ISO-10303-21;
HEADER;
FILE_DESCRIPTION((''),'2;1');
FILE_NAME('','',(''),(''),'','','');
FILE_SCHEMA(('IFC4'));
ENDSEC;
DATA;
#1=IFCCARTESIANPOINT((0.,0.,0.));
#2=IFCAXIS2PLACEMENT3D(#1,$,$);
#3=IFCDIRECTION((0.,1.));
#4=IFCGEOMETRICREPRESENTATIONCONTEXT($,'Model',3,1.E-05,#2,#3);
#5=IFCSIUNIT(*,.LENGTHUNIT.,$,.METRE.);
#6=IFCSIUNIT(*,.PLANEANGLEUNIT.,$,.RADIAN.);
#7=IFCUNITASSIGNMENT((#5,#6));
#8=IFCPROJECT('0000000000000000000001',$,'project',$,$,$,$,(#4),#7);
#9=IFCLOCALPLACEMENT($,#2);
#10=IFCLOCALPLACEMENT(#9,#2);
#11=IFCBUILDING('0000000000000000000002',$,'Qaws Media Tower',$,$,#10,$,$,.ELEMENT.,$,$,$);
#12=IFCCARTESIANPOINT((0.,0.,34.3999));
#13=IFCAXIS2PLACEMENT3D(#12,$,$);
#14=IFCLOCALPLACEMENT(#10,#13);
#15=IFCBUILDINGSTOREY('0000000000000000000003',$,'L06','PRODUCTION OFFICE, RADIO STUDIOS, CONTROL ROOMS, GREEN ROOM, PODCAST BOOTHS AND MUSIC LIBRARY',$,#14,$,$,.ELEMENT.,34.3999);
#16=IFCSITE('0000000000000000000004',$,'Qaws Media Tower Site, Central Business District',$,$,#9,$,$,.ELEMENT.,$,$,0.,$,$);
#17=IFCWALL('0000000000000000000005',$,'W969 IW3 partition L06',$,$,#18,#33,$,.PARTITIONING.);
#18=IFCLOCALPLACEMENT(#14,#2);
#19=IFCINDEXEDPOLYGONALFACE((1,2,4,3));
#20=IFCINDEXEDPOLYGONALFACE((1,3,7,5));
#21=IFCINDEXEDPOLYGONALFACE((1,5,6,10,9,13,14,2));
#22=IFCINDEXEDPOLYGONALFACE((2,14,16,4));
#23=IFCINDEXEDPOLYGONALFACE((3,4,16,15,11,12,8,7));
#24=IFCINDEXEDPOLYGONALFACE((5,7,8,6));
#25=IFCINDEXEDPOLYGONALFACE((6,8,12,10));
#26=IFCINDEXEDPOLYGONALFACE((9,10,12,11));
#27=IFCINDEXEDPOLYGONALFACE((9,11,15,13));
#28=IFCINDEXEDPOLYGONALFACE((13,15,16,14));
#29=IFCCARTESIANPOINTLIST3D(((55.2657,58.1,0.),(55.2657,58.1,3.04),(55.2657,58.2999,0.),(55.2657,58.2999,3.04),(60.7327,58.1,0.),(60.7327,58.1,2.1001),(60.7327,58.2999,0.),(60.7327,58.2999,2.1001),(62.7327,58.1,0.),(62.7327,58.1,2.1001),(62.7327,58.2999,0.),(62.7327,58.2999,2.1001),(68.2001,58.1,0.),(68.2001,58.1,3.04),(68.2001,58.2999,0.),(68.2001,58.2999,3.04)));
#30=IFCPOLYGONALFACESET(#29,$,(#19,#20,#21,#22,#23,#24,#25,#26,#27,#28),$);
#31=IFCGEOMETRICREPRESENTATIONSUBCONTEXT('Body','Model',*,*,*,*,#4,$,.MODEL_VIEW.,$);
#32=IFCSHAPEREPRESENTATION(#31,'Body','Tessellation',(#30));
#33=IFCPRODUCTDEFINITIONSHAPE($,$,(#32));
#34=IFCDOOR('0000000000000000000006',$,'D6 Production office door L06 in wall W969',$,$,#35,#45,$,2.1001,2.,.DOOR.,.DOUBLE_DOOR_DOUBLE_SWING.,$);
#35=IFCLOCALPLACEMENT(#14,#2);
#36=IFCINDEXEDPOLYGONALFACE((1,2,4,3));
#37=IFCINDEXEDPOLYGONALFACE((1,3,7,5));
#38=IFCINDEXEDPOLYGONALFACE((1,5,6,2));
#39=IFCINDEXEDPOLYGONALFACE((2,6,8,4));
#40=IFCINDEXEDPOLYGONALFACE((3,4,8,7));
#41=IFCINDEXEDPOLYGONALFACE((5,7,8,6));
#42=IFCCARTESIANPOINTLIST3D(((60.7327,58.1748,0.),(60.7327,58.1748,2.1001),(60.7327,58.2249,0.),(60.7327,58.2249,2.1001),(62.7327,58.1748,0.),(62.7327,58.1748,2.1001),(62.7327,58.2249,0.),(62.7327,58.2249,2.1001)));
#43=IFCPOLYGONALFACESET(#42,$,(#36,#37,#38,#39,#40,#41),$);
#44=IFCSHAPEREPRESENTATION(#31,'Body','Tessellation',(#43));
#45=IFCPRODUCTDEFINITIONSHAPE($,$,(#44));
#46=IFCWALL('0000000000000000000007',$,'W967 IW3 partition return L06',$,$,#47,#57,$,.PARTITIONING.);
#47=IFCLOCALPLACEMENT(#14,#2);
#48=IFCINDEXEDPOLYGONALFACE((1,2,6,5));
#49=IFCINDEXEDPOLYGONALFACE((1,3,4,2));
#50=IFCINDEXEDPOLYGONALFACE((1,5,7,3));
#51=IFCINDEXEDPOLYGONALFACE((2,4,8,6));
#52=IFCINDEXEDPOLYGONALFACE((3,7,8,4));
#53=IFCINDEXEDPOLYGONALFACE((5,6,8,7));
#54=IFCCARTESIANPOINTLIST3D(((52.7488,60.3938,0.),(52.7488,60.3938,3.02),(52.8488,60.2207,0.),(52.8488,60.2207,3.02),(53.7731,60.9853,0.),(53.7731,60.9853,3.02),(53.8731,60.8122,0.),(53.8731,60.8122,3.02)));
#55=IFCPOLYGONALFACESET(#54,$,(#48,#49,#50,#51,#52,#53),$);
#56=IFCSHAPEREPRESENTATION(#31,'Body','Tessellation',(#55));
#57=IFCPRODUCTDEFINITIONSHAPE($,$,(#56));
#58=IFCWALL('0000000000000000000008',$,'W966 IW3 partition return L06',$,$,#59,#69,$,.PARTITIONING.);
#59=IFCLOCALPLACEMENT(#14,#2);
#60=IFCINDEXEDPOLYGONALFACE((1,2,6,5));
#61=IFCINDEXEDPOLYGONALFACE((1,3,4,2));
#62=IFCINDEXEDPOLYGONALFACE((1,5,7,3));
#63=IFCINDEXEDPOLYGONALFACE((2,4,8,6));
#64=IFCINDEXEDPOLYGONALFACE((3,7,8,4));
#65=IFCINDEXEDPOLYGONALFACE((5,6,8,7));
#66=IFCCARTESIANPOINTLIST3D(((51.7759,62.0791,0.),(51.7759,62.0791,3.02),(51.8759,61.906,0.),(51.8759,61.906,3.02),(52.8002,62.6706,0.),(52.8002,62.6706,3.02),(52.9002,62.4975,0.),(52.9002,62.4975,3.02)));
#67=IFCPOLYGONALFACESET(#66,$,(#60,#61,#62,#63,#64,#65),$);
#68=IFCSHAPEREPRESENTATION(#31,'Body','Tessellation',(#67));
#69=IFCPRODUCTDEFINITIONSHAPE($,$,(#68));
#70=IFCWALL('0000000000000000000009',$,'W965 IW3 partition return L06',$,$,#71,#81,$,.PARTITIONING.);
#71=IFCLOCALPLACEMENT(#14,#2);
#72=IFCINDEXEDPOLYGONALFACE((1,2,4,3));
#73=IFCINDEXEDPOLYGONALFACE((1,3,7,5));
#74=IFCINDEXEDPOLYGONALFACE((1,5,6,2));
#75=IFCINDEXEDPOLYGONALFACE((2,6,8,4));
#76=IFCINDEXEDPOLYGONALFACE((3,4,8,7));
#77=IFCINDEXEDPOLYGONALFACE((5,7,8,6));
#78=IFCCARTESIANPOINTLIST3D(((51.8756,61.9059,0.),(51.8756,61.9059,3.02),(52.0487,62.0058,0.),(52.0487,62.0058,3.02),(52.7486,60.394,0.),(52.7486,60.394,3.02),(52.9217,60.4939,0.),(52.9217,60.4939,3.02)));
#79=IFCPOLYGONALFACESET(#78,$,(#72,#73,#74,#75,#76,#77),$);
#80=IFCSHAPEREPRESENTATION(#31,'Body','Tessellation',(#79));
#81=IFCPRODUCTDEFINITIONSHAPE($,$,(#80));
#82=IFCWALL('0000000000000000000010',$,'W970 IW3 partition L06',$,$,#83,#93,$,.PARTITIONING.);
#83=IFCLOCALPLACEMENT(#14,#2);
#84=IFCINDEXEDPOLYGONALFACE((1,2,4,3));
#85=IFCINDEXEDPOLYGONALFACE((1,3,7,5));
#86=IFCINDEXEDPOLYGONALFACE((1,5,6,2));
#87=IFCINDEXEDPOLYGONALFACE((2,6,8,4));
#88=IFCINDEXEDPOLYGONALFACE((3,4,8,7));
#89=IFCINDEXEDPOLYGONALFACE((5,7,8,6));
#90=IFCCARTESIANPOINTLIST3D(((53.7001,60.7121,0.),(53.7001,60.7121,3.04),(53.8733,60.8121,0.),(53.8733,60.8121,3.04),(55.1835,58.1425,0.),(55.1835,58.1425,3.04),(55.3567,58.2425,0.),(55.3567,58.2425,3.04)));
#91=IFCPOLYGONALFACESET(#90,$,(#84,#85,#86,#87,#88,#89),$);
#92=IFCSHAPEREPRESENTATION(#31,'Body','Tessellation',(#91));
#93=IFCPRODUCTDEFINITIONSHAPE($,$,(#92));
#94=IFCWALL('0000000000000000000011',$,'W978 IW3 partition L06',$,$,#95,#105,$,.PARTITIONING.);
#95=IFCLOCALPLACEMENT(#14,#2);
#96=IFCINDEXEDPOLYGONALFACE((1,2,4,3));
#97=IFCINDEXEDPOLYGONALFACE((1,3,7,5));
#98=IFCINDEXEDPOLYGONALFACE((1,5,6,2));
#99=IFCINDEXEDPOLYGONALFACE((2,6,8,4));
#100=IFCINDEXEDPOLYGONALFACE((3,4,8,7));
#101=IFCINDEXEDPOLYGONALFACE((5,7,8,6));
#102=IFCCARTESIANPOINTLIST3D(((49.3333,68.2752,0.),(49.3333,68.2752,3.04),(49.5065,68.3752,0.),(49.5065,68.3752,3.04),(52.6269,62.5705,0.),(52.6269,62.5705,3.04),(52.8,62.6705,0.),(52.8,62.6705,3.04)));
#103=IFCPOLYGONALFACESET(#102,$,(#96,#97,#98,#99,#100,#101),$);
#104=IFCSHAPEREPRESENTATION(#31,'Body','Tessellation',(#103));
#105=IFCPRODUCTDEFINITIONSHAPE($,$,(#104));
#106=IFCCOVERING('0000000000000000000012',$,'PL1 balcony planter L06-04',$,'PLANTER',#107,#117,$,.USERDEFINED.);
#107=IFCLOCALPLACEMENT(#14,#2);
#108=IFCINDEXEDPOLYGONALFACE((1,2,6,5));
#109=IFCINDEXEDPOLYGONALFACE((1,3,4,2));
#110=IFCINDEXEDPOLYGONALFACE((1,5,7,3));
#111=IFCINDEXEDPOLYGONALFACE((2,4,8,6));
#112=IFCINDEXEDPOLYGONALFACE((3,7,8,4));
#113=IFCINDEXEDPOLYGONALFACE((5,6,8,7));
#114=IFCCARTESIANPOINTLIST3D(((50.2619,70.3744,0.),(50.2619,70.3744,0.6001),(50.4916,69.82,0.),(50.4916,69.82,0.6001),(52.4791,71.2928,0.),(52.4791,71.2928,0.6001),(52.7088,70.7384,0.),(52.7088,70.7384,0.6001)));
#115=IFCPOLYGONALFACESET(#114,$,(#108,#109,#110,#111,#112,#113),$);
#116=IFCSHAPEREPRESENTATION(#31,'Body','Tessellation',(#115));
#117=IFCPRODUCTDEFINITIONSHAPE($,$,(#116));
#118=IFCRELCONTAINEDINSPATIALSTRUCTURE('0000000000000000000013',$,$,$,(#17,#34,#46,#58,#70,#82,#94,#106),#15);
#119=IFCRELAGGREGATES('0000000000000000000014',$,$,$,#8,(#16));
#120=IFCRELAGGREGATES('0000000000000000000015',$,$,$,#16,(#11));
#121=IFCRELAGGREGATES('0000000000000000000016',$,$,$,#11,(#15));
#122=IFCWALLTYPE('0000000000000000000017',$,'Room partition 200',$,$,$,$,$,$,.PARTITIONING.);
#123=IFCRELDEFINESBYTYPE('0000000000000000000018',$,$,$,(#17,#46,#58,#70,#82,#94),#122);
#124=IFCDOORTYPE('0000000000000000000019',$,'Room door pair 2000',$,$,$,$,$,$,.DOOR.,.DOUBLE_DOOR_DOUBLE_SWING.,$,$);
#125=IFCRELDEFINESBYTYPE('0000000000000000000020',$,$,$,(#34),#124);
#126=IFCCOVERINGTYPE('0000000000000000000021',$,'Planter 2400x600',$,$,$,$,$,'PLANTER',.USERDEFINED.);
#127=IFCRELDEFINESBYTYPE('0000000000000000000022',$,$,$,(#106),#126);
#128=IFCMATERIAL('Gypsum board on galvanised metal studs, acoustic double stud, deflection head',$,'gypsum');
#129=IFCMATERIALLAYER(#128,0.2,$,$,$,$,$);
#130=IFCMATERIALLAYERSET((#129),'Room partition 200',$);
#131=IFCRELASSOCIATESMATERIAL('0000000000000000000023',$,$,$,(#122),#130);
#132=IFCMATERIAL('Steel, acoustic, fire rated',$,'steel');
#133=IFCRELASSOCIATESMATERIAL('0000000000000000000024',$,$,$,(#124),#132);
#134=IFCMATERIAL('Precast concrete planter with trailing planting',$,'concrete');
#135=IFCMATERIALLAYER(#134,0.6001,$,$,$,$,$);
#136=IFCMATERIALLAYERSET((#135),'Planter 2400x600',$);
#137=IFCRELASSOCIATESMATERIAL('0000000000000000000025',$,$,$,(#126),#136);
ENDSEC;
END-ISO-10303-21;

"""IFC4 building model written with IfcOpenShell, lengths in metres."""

from ifc_helpers import new_model, si_unit, direction, frame, frame_2d, origin, origin_2d, place, context, subcontext, project, spatial, rectangle, extrude, material, layer, layer_set, type_object, element, fill, save


model = new_model("IFC4")

# Units and contexts
model_context = context("Model", 3, precision=1e-05, world=origin(), true_north=direction((0.0, 1.0)))
body_context = subcontext(model_context, "Body", "Model", "MODEL_VIEW")
ifc_project = project(units=[si_unit("LENGTHUNIT", "METRE"), si_unit("PLANEANGLEUNIT", "RADIAN")], contexts=[model_context])

# Site, building, storey
site_placement = place(None, origin())
site = spatial("IfcSite", under=ifc_project, at=site_placement, Name="Qaws Media Tower Site, Central Business District", CompositionType="ELEMENT", RefElevation=0.0)
building_placement = place(site_placement, origin())
building = spatial("IfcBuilding", under=site, at=building_placement, Name="Qaws Media Tower", CompositionType="ELEMENT")
storey_placement = place(building_placement, frame((0.0, 0.0, 34.3999)))
storey = spatial("IfcBuildingStorey", under=building, at=storey_placement, Name="L06", Description="PRODUCTION OFFICE, RADIO STUDIOS, CONTROL ROOMS, GREEN ROOM, PODCAST BOOTHS AND MUSIC LIBRARY", CompositionType="ELEMENT", Elevation=34.3999)

# Shared definitions
ifc_material_1 = material(Name="Gypsum board on galvanised metal studs, acoustic double stud, deflection head", Category="gypsum")
ifc_layer_1 = layer(ifc_material_1, 0.2)
ifc_layer_set_1 = layer_set([ifc_layer_1], Name="Room partition 200")
wall_type = type_object("IfcWallType", Name="Room partition 200", PredefinedType="PARTITIONING", material=ifc_layer_set_1)

# Wall, opening, door
wall_1_placement = place(storey_placement, frame((55.2656, 58.2, 0.0), z_axis=(0.0, 0.0, 1.0), x_axis=(1.0, 0.0, 0.0)))
wall_1 = element("IfcWall", 1, at=wall_1_placement, inside=storey, type_object=wall_type, Name="W969 IW3 partition L06", PredefinedType="PARTITIONING", context=body_context, shape_type="SweptSolid", body=[
    extrude(rectangle(XDim=12.9343, YDim=0.2, at=frame_2d((6.4673, 0.0))), origin(), (0.0, 0.0, 1.0), 3.04),
])
opening_1_placement = place(wall_1_placement, frame((5.467, 0.0, 0.0)))
opening_1 = element("IfcOpeningElement", 2, at=opening_1_placement, cuts=wall_1, PredefinedType="OPENING", context=body_context, shape_type="SweptSolid", body=[
    extrude(rectangle(XDim=2.0, YDim=2.1001, at=frame_2d((1.0, 1.05))), frame((0.0, 0.1099, 0.0), z_axis=(0.0, -1.0, 0.0), x_axis=(1.0, 0.0, 0.0)), (0.0, 0.0, 1.0), 0.22),
])
ifc_material_2 = material(Name="Steel, acoustic, fire rated", Category="steel")
door_type_1 = type_object("IfcDoorType", Name="Room door pair 2000", OperationType="DOUBLE_DOOR_DOUBLE_SWING", PredefinedType="DOOR", material=ifc_material_2)
door_1_placement = place(opening_1_placement, origin())
door_1 = element("IfcDoor", 3, at=door_1_placement, inside=storey, type_object=door_type_1, Name="D6 Production office door L06 in wall W969", OperationType="DOUBLE_DOOR_DOUBLE_SWING", OverallHeight=2.1001, OverallWidth=2.0, PredefinedType="DOOR", context=body_context, shape_type="SweptSolid", body=[
    extrude(rectangle(XDim=2.0, YDim=2.1001, at=frame_2d((1.0, 1.05))), frame((0.0, 0.0249, 0.0), z_axis=(0.0, -1.0, 0.0), x_axis=(1.0, 0.0, 0.0)), (0.0, 0.0, 1.0), 0.05),
])
fill(opening_1, door_1)

# Walls
for number, where, z_axis, x_axis, name in (
    (4, (53.823, 60.8987, 0.0), (0.0, 0.0, 1.0), (-0.865986, -0.500068, 0.0), "W967 IW3 partition return L06"),
    (5, (52.8501, 62.584, 0.0), (0.0, 0.0, 1.0), (-0.865986, -0.500068, 0.0), "W966 IW3 partition return L06"),
):
    element("IfcWall", number, at=place(storey_placement, frame(where, z_axis=z_axis, x_axis=x_axis)), inside=storey, type_object=wall_type, Name=name, PredefinedType="PARTITIONING", context=body_context, shape_type="SweptSolid", body=[
        extrude(rectangle(XDim=1.1829, YDim=0.2, at=frame_2d((0.5913, 0.0))), origin(), (0.0, 0.0, 1.0), 3.02),
    ])
wall_2_placement = place(storey_placement, frame((52.8352, 60.4438, 0.0), z_axis=(0.0, 0.0, 1.0), x_axis=(-0.500049, 0.865997, 0.0)))
element("IfcWall", 6, at=wall_2_placement, inside=storey, type_object=wall_type, Name="W965 IW3 partition return L06", PredefinedType="PARTITIONING", context=body_context, shape_type="SweptSolid", body=[
    extrude(rectangle(XDim=1.7458, YDim=0.2, at=frame_2d((0.873, 0.0))), origin(), (0.0, 0.0, 1.0), 3.02),
])
wall_3_placement = place(storey_placement, frame((55.27, 58.1926, 0.0), z_axis=(0.0, 0.0, 1.0), x_axis=(-0.499962, 0.866047, 0.0)))
element("IfcWall", 7, at=wall_3_placement, inside=storey, type_object=wall_type, Name="W970 IW3 partition L06", PredefinedType="PARTITIONING", context=body_context, shape_type="SweptSolid", body=[
    extrude(rectangle(XDim=2.967, YDim=0.2, at=frame_2d((1.4834, 0.0))), origin(), (0.0, 0.0, 1.0), 3.04),
])
wall_4_placement = place(storey_placement, frame((52.7134, 62.6206, 0.0), z_axis=(0.0, 0.0, 1.0), x_axis=(-0.49999, 0.866031, 0.0)))
element("IfcWall", 8, at=wall_4_placement, inside=storey, type_object=wall_type, Name="W978 IW3 partition L06", PredefinedType="PARTITIONING", context=body_context, shape_type="SweptSolid", body=[
    extrude(rectangle(XDim=6.5872, YDim=0.2, at=frame_2d((3.2935, 0.0))), origin(), (0.0, 0.0, 1.0), 3.04),
])

# Covering
ifc_material_3 = material(Name="Precast concrete planter with trailing planting", Category="concrete")
ifc_layer_2 = layer(ifc_material_3, 0.6001)
ifc_layer_set_2 = layer_set([ifc_layer_2], Name="Planter 2400x600")
covering_type = type_object("IfcCoveringType", Name="Planter 2400x600", ElementType="PLANTER", PredefinedType="USERDEFINED", material=ifc_layer_set_2)
covering_placement = place(storey_placement, frame((51.4854, 70.5564, 0.0), z_axis=(0.0, 0.0, 1.0), x_axis=(-0.92388, -0.382683, 0.0)))
element("IfcCovering", 9, at=covering_placement, inside=storey, type_object=covering_type, Name="PL1 balcony planter L06-04", ObjectType="PLANTER", PredefinedType="USERDEFINED", context=body_context, shape_type="SweptSolid", body=[
    extrude(rectangle(XDim=2.3999, YDim=0.6001, at=origin_2d()), origin(), (0.0, 0.0, 1.0), 0.6001),
])

save(model, "model.ifc")
